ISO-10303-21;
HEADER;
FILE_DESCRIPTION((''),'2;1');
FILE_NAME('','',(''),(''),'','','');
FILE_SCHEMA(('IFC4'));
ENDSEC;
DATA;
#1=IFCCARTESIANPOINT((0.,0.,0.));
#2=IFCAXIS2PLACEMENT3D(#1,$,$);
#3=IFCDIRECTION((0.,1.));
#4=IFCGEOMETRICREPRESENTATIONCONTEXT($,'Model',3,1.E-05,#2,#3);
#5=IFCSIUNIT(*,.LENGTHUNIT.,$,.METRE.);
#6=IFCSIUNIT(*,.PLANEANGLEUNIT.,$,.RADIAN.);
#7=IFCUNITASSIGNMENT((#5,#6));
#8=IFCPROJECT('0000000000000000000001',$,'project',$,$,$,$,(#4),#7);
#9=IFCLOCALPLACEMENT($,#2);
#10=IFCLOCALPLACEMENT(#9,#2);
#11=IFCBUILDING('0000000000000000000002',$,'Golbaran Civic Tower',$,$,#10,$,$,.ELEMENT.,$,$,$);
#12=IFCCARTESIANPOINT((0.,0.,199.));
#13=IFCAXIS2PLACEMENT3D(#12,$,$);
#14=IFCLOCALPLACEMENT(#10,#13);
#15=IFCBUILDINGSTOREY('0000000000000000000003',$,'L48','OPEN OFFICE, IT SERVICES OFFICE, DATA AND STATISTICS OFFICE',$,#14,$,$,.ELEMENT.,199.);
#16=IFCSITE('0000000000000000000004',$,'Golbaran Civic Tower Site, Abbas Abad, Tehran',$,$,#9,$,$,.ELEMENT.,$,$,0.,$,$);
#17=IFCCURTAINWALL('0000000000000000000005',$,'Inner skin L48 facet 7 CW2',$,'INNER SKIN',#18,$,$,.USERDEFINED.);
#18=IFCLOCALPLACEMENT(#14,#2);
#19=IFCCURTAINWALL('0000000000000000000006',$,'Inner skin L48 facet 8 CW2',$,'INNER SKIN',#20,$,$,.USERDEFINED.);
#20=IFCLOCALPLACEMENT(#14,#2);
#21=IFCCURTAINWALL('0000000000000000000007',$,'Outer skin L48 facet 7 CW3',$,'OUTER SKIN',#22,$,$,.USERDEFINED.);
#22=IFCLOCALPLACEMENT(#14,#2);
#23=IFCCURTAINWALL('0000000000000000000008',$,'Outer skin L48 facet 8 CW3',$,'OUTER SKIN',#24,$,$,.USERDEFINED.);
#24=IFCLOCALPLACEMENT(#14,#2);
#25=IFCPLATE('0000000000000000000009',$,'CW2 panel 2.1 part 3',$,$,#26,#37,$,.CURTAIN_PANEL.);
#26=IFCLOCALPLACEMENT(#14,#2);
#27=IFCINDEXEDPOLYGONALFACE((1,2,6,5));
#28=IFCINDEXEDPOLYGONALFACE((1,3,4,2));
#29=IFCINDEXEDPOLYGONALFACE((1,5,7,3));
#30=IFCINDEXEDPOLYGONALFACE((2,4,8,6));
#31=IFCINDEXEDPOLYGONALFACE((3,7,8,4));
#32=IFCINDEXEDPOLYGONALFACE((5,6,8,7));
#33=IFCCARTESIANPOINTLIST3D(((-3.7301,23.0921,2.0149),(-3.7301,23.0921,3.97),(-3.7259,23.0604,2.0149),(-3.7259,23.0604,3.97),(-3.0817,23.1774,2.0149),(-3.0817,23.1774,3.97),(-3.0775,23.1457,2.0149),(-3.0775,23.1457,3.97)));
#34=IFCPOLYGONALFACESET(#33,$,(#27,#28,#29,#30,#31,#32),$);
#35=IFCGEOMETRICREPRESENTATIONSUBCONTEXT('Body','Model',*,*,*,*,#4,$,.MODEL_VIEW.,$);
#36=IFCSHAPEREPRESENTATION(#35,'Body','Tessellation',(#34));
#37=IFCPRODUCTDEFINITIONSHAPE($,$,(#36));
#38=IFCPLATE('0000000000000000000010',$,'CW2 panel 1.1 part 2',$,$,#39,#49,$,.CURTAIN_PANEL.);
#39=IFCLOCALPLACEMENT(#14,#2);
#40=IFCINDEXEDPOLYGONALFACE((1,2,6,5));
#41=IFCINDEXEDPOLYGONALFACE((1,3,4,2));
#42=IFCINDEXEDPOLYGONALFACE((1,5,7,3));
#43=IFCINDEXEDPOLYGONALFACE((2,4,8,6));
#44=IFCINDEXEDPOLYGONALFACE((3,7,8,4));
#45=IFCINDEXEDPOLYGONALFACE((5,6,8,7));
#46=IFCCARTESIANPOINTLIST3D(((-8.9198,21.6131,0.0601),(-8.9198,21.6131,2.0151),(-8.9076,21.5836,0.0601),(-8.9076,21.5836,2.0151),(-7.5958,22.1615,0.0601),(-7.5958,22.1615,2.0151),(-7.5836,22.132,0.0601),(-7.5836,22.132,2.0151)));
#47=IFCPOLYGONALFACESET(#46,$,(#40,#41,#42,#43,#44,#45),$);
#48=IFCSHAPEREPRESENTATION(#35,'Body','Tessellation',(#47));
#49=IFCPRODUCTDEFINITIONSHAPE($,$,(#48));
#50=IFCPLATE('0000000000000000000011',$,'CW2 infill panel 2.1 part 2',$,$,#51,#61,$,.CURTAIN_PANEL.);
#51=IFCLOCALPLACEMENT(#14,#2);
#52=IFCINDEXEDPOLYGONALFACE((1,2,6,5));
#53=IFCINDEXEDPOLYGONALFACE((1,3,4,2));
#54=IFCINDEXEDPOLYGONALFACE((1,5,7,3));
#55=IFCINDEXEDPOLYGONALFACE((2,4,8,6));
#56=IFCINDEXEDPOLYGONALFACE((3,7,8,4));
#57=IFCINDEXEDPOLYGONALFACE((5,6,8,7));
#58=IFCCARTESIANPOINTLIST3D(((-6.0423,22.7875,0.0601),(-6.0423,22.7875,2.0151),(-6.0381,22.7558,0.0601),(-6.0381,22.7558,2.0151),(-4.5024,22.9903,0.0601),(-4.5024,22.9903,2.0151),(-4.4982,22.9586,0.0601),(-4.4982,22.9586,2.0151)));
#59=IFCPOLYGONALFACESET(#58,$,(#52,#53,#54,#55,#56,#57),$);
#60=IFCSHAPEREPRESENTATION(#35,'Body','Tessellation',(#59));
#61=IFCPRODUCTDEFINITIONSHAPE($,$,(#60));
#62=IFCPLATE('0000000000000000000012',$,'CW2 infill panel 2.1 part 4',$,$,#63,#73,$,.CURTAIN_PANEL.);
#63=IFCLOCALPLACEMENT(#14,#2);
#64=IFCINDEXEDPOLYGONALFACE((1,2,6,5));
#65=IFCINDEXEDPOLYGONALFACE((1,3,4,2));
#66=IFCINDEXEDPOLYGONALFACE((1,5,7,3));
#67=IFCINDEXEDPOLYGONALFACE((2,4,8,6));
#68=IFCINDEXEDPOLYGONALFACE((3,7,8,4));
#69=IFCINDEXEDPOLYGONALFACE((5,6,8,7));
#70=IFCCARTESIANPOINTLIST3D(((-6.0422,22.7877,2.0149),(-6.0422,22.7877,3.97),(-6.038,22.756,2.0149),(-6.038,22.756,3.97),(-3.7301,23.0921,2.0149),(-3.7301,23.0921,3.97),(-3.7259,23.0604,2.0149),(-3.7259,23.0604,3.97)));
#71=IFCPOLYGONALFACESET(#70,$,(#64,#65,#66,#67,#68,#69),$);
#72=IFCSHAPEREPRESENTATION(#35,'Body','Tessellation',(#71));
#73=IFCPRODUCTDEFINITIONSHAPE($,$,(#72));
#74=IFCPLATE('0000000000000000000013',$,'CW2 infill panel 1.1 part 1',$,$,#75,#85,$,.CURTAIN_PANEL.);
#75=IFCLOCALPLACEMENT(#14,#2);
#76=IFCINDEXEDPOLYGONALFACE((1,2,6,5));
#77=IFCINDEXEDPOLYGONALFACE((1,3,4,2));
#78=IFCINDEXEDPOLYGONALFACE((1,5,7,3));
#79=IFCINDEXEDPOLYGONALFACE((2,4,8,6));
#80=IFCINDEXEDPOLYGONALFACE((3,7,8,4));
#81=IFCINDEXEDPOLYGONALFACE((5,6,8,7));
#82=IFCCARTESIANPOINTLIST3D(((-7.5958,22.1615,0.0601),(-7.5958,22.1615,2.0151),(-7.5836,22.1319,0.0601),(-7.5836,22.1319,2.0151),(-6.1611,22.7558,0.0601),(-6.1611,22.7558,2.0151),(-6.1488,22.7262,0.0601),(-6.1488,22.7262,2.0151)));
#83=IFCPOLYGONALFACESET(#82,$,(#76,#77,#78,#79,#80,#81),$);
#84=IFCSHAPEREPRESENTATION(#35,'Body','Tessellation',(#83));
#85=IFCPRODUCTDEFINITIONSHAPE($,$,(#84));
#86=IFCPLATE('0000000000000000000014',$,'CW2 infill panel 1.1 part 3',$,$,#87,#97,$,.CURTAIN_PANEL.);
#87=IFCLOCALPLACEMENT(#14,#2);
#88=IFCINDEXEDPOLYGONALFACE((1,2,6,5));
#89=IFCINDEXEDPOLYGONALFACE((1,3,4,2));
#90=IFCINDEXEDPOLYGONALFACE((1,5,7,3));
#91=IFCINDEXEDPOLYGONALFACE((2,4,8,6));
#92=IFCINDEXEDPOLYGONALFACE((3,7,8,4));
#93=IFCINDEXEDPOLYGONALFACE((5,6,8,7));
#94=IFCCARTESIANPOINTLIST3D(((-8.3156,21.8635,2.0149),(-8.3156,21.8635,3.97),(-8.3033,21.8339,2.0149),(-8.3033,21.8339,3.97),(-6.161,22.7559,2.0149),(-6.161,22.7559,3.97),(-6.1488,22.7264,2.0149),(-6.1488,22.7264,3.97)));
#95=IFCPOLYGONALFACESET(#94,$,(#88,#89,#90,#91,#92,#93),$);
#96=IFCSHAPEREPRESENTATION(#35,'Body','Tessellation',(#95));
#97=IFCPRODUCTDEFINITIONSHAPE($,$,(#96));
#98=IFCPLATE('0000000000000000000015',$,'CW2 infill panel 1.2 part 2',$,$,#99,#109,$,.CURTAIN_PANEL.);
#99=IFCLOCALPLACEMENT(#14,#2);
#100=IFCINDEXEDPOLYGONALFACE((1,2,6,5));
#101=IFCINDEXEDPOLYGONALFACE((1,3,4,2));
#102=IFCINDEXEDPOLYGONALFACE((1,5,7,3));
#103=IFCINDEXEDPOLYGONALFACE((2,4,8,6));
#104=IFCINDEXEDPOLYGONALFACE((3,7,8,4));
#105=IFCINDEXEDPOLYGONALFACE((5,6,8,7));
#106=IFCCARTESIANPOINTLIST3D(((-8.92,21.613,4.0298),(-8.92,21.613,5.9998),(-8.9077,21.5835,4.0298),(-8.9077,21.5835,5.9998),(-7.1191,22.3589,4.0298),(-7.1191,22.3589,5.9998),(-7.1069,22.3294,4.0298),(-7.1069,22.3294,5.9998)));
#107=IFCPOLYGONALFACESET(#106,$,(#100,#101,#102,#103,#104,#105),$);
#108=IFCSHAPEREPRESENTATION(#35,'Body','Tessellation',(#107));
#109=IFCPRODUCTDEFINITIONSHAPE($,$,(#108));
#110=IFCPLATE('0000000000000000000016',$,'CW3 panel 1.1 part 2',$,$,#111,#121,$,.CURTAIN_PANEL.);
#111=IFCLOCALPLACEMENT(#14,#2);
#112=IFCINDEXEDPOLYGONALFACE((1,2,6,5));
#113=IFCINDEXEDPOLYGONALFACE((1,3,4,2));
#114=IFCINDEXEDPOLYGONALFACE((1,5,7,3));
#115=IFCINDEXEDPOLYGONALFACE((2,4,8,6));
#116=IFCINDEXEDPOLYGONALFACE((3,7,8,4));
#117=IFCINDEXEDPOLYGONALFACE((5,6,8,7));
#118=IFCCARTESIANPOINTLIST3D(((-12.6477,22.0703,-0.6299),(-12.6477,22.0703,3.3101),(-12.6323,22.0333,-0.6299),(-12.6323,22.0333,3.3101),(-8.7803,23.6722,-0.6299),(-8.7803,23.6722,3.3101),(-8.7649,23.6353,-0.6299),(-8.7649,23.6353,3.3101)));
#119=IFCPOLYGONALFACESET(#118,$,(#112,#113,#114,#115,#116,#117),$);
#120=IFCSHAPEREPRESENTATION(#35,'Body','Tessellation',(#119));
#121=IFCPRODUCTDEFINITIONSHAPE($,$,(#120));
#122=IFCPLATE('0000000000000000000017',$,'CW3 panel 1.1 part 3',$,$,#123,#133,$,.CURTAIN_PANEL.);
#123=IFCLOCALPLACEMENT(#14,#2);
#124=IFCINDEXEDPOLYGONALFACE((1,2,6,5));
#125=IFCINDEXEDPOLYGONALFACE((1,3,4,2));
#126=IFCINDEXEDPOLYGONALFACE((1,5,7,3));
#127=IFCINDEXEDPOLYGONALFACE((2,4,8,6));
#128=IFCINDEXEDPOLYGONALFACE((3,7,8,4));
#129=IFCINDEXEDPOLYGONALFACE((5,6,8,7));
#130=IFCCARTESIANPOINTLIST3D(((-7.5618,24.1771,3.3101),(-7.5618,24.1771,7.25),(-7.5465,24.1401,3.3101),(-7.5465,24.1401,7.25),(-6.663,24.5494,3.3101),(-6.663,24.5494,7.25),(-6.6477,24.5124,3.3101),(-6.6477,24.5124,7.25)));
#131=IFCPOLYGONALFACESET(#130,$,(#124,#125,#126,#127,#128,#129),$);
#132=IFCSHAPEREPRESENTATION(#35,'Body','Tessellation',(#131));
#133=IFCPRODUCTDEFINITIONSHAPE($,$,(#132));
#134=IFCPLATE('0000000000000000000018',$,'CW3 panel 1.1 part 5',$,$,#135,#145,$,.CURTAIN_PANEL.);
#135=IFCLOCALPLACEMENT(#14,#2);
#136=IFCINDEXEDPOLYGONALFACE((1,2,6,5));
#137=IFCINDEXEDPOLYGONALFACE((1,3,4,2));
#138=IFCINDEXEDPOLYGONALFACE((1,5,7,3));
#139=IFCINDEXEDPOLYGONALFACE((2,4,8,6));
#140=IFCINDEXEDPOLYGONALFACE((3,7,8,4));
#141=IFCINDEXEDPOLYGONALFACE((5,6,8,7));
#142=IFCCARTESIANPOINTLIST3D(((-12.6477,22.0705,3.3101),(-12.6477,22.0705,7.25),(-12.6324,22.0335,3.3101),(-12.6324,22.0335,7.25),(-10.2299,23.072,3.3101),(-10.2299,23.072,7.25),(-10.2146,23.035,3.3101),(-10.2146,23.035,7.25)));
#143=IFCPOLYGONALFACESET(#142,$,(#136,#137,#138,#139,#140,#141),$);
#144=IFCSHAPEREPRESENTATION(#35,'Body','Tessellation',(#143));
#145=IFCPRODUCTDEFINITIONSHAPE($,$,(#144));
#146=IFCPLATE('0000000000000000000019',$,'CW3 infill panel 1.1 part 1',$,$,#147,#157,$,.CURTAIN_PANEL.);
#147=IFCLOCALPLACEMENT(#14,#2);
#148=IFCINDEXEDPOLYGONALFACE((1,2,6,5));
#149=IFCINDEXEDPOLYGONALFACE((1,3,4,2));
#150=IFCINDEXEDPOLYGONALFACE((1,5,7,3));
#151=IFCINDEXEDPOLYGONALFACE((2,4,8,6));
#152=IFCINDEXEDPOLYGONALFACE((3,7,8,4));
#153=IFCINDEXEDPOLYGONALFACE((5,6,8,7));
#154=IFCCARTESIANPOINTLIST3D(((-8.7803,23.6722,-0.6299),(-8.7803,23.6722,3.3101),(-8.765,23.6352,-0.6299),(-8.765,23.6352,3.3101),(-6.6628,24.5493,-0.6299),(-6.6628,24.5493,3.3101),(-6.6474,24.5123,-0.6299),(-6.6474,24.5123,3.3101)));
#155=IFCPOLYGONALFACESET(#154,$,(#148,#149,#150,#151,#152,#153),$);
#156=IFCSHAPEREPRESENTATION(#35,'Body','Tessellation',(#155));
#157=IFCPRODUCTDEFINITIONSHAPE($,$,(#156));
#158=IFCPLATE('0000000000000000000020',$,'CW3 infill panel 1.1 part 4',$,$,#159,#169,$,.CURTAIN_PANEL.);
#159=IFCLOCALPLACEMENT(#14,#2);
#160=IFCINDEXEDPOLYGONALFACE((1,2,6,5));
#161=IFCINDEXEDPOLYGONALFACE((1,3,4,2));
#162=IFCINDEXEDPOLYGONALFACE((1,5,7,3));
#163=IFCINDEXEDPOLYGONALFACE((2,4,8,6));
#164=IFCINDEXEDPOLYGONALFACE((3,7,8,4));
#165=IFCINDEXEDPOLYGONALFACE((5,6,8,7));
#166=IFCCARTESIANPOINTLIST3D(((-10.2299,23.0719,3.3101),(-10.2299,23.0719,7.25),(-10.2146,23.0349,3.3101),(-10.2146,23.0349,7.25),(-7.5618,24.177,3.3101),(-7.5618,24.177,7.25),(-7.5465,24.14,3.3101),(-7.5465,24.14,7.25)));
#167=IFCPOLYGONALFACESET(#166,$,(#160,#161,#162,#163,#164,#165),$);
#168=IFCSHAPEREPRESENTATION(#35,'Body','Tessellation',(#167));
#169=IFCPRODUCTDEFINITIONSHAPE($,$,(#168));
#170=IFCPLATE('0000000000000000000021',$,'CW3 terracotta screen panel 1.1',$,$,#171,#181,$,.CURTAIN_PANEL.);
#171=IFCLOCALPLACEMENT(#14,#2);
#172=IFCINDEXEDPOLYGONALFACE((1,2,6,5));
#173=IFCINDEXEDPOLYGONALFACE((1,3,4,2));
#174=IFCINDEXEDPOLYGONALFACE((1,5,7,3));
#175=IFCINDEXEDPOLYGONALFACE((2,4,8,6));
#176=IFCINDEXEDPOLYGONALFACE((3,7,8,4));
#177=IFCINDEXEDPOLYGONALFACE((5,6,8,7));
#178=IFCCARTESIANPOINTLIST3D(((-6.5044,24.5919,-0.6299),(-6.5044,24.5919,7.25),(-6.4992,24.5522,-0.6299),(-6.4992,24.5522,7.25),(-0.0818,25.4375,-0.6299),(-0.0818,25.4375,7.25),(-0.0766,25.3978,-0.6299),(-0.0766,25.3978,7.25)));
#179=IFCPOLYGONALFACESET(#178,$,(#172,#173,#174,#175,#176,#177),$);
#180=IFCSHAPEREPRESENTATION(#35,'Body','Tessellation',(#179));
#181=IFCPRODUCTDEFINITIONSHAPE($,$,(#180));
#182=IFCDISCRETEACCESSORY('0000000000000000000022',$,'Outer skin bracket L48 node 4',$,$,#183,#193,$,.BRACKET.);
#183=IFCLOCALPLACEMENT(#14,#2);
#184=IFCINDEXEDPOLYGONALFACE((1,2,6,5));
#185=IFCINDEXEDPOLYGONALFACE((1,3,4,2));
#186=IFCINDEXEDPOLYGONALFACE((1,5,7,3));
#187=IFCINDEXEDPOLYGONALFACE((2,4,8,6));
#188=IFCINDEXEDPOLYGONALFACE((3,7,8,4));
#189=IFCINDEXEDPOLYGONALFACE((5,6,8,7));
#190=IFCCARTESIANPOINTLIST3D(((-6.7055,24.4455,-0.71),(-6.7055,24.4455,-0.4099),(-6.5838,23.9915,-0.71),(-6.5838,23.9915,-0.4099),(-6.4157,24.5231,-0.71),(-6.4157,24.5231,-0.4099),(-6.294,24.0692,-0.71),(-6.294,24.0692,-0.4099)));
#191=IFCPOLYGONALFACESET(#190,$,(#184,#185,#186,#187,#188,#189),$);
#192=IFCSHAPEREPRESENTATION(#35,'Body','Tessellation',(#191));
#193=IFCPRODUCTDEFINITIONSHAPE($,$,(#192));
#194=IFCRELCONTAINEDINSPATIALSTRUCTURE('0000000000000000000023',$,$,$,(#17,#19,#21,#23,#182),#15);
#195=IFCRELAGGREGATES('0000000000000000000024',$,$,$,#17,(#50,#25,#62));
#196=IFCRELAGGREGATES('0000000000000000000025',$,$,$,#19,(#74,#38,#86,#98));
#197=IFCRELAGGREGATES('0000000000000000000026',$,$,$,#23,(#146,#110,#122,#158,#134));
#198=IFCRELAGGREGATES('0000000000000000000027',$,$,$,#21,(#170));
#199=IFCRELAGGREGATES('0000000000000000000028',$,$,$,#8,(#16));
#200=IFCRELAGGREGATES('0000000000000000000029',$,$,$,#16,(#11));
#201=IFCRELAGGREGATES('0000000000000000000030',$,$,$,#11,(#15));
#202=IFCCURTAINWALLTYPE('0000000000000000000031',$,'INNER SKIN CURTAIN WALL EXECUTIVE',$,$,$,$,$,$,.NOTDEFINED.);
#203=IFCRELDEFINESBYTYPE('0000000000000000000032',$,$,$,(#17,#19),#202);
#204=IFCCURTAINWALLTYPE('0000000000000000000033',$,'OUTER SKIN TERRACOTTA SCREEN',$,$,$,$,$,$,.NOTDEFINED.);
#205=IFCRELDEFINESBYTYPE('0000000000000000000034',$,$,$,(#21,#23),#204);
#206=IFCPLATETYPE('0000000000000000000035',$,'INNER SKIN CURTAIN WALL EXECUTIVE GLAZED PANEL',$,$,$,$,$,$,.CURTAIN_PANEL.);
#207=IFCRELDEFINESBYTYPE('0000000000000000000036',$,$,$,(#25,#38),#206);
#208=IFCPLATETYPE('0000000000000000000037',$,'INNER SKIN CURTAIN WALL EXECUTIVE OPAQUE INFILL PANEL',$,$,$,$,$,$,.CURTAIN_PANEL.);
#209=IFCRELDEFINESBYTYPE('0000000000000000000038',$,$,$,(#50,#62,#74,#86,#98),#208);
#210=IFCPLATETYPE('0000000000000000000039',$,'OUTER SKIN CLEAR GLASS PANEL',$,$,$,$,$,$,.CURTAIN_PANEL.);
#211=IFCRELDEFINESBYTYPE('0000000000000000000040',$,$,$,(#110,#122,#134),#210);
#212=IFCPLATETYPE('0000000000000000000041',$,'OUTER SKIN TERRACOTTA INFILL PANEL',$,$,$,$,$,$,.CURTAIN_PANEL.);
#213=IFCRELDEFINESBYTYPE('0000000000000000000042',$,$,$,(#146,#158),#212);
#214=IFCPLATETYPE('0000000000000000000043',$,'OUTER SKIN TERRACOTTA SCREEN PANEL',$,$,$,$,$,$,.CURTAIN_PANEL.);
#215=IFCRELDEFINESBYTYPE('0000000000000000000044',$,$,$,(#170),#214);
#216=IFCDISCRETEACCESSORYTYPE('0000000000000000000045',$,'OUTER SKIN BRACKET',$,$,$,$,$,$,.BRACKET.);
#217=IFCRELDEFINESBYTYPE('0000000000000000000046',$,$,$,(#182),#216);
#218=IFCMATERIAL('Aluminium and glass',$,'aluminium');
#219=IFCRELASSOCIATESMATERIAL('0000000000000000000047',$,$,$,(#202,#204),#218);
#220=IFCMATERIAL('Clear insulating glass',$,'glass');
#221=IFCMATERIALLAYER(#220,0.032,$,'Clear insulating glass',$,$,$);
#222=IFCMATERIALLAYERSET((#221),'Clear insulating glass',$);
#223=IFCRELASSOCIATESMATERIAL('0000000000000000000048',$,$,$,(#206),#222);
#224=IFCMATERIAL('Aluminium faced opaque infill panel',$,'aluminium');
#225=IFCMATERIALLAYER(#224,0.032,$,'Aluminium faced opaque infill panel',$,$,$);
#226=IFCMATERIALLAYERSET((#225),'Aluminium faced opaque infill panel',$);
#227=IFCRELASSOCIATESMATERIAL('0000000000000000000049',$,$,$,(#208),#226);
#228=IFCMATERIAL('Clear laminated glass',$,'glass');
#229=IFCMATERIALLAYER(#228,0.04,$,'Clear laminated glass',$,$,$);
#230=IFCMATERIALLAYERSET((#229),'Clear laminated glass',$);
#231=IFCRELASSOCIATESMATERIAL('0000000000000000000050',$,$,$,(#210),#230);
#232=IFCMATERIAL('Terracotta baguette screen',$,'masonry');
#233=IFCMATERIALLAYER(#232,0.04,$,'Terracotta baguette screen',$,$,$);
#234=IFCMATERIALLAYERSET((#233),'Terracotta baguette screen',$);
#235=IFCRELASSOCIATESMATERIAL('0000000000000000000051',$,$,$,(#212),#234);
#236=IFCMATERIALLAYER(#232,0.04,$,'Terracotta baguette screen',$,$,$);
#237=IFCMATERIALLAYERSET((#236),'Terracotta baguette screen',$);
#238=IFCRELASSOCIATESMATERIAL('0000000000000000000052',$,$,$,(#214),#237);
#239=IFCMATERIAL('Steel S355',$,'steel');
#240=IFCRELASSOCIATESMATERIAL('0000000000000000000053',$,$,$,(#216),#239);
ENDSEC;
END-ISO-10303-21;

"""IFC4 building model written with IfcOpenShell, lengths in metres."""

from ifc_helpers import new_model, si_unit, direction, frame, origin, origin_2d, place, context, subcontext, project, spatial, rectangle, extrude, material, layer, layer_set, type_object, element, aggregate, save


model = new_model("IFC4")

# Units and contexts
model_context = context("Model", 3, precision=1e-05, world=origin(), true_north=direction((0.0, 1.0)))
body_context = subcontext(model_context, "Body", "Model", "MODEL_VIEW")
ifc_project = project(units=[si_unit("LENGTHUNIT", "METRE"), si_unit("PLANEANGLEUNIT", "RADIAN")], contexts=[model_context])

# Site, building, storey
site_placement = place(None, origin())
site = spatial("IfcSite", under=ifc_project, at=site_placement, Name="Golbaran Civic Tower Site, Abbas Abad, Tehran", CompositionType="ELEMENT", RefElevation=0.0)
building_placement = place(site_placement, origin())
building = spatial("IfcBuilding", under=site, at=building_placement, Name="Golbaran Civic Tower", CompositionType="ELEMENT")
storey_placement = place(building_placement, frame((0.0, 0.0, 199.0)))
storey = spatial("IfcBuildingStorey", under=building, at=storey_placement, Name="L48", Description="OPEN OFFICE, IT SERVICES OFFICE, DATA AND STATISTICS OFFICE", CompositionType="ELEMENT", Elevation=199.0)

# Shared definitions
ifc_material_1 = material(Name="Steel S355", Category="steel")

# Curtain wall
ifc_material_2 = material(Name="Aluminium and glass", Category="aluminium")
curtain_wall_type_1 = type_object("IfcCurtainWallType", Name="INNER SKIN CURTAIN WALL EXECUTIVE", PredefinedType="NOTDEFINED", material=ifc_material_2)
curtain_wall_1_placement = place(storey_placement, origin())
curtain_wall_1 = element("IfcCurtainWall", 1, at=curtain_wall_1_placement, inside=storey, type_object=curtain_wall_type_1, Name="Inner skin L48 facet 7 CW2", ObjectType="INNER SKIN", PredefinedType="USERDEFINED")

# Curtain wall
curtain_wall_2_placement = place(storey_placement, origin())
curtain_wall_2 = element("IfcCurtainWall", 2, at=curtain_wall_2_placement, inside=storey, type_object=curtain_wall_type_1, Name="Inner skin L48 facet 8 CW2", ObjectType="INNER SKIN", PredefinedType="USERDEFINED")

# Curtain walls
curtain_wall_type_2 = type_object("IfcCurtainWallType", Name="OUTER SKIN TERRACOTTA SCREEN", PredefinedType="NOTDEFINED", material=ifc_material_2)
curtain_wall_3_placement = place(storey_placement, origin())
curtain_wall_3 = element("IfcCurtainWall", 3, at=curtain_wall_3_placement, inside=storey, type_object=curtain_wall_type_2, Name="Outer skin L48 facet 7 CW3", ObjectType="OUTER SKIN", PredefinedType="USERDEFINED")
curtain_wall_4_placement = place(storey_placement, origin())
curtain_wall_4 = element("IfcCurtainWall", 4, at=curtain_wall_4_placement, inside=storey, type_object=curtain_wall_type_2, Name="Outer skin L48 facet 8 CW3", ObjectType="OUTER SKIN", PredefinedType="USERDEFINED")

# Plates
ifc_material_3 = material(Name="Clear insulating glass", Category="glass")
ifc_layer_1 = layer(ifc_material_3, 0.032, Name="Clear insulating glass")
ifc_layer_set_1 = layer_set([ifc_layer_1], Name="Clear insulating glass")
plate_type_1 = type_object("IfcPlateType", Name="INNER SKIN CURTAIN WALL EXECUTIVE GLAZED PANEL", PredefinedType="CURTAIN_PANEL", material=ifc_layer_set_1)
plate_1_placement = place(storey_placement, frame((-3.4038, 23.1189, 2.0149), z_axis=(0.0, 0.0, 1.0), x_axis=(-0.991445, -0.130526, 0.0)))
plate_1 = element("IfcPlate", 5, at=plate_1_placement, type_object=plate_type_1, Name="CW2 panel 2.1 part 3", PredefinedType="CURTAIN_PANEL", context=body_context, shape_type="SweptSolid", body=[
    extrude(rectangle(XDim=0.6541, YDim=0.032, at=origin_2d()), origin(), (0.0, 0.0, 1.0), 1.9551),
])
plate_2_placement = place(storey_placement, frame((-8.2517, 21.8726, 0.0601), z_axis=(0.0, 0.0, 1.0), x_axis=(-0.92388, -0.382683, 0.0)))
plate_2 = element("IfcPlate", 6, at=plate_2_placement, type_object=plate_type_1, Name="CW2 panel 1.1 part 2", PredefinedType="CURTAIN_PANEL", context=body_context, shape_type="SweptSolid", body=[
    extrude(rectangle(XDim=1.4331, YDim=0.032, at=origin_2d()), origin(), (0.0, 0.0, 1.0), 1.9551),
])
ifc_material_4 = material(Name="Aluminium faced opaque infill panel", Category="aluminium")
ifc_layer_2 = layer(ifc_material_4, 0.032, Name="Aluminium faced opaque infill panel")
ifc_layer_set_2 = layer_set([ifc_layer_2], Name="Aluminium faced opaque infill panel")
plate_type_2 = type_object("IfcPlateType", Name="INNER SKIN CURTAIN WALL EXECUTIVE OPAQUE INFILL PANEL", PredefinedType="CURTAIN_PANEL", material=ifc_layer_set_2)
plate_3_placement = place(storey_placement, frame((-5.2703, 22.873, 0.0601), z_axis=(0.0, 0.0, 1.0), x_axis=(-0.991445, -0.130526, 0.0)))
plate_3 = element("IfcPlate", 7, at=plate_3_placement, type_object=plate_type_2, Name="CW2 infill panel 2.1 part 2", PredefinedType="CURTAIN_PANEL", context=body_context, shape_type="SweptSolid", body=[
    extrude(rectangle(XDim=1.5532, YDim=0.032, at=origin_2d()), origin(), (0.0, 0.0, 1.0), 1.9551),
])
plate_4_placement = place(storey_placement, frame((-4.884, 22.9241, 2.0149), z_axis=(0.0, 0.0, 1.0), x_axis=(-0.991445, -0.130526, 0.0)))
plate_4 = element("IfcPlate", 8, at=plate_4_placement, type_object=plate_type_2, Name="CW2 infill panel 2.1 part 4", PredefinedType="CURTAIN_PANEL", context=body_context, shape_type="SweptSolid", body=[
    extrude(rectangle(XDim=2.332, YDim=0.032, at=origin_2d()), origin(), (0.0, 0.0, 1.0), 1.9551),
])
aggregate(curtain_wall_1, [plate_3, plate_1, plate_4])
plate_5_placement = place(storey_placement, frame((-6.8723, 22.4438, 0.0601), z_axis=(0.0, 0.0, 1.0), x_axis=(-0.92388, -0.382683, 0.0)))
plate_5 = element("IfcPlate", 9, at=plate_5_placement, type_object=plate_type_2, Name="CW2 infill panel 1.1 part 1", PredefinedType="CURTAIN_PANEL", context=body_context, shape_type="SweptSolid", body=[
    extrude(rectangle(XDim=1.553, YDim=0.032, at=origin_2d()), origin(), (0.0, 0.0, 1.0), 1.9551),
])
plate_6_placement = place(storey_placement, frame((-7.2322, 22.2949, 2.0149), z_axis=(0.0, 0.0, 1.0), x_axis=(-0.92388, -0.382683, 0.0)))
plate_6 = element("IfcPlate", 10, at=plate_6_placement, type_object=plate_type_2, Name="CW2 infill panel 1.1 part 3", PredefinedType="CURTAIN_PANEL", context=body_context, shape_type="SweptSolid", body=[
    extrude(rectangle(XDim=2.332, YDim=0.032, at=origin_2d()), origin(), (0.0, 0.0, 1.0), 1.9551),
])
plate_7_placement = place(storey_placement, frame((-8.0134, 21.9712, 4.0298), z_axis=(0.0, 0.0, 1.0), x_axis=(-0.92388, -0.382683, 0.0)))
plate_7 = element("IfcPlate", 11, at=plate_7_placement, type_object=plate_type_2, Name="CW2 infill panel 1.2 part 2", PredefinedType="CURTAIN_PANEL", context=body_context, shape_type="SweptSolid", body=[
    extrude(rectangle(XDim=1.9492, YDim=0.032, at=origin_2d()), origin(), (0.0, 0.0, 1.0), 1.97),
])
aggregate(curtain_wall_2, [plate_5, plate_2, plate_6, plate_7])
ifc_material_5 = material(Name="Clear laminated glass", Category="glass")
ifc_layer_3 = layer(ifc_material_5, 0.04, Name="Clear laminated glass")
ifc_layer_set_3 = layer_set([ifc_layer_3], Name="Clear laminated glass")
plate_type_3 = type_object("IfcPlateType", Name="OUTER SKIN CLEAR GLASS PANEL", PredefinedType="CURTAIN_PANEL", material=ifc_layer_set_3)
plate_8_placement = place(storey_placement, frame((-10.7063, 22.8528, -0.6299), z_axis=(0.0, 0.0, 1.0), x_axis=(-0.92388, -0.382683, 0.0)))
plate_8 = element("IfcPlate", 12, at=plate_8_placement, type_object=plate_type_3, Name="CW3 panel 1.1 part 2", PredefinedType="CURTAIN_PANEL", context=body_context, shape_type="SweptSolid", body=[
    extrude(rectangle(XDim=4.186, YDim=0.04, at=origin_2d()), origin(), (0.0, 0.0, 1.0), 3.9399),
])
plate_9_placement = place(storey_placement, frame((-7.1047, 24.3447, 3.3101), z_axis=(0.0, 0.0, 1.0), x_axis=(-0.92388, -0.382683, 0.0)))
plate_9 = element("IfcPlate", 13, at=plate_9_placement, type_object=plate_type_3, Name="CW3 panel 1.1 part 3", PredefinedType="CURTAIN_PANEL", context=body_context, shape_type="SweptSolid", body=[
    extrude(rectangle(XDim=0.9729, YDim=0.04, at=origin_2d()), origin(), (0.0, 0.0, 1.0), 3.9399),
])
plate_10_placement = place(storey_placement, frame((-11.4312, 22.5527, 3.3101), z_axis=(0.0, 0.0, 1.0), x_axis=(-0.92388, -0.382683, 0.0)))
plate_10 = element("IfcPlate", 14, at=plate_10_placement, type_object=plate_type_3, Name="CW3 panel 1.1 part 5", PredefinedType="CURTAIN_PANEL", context=body_context, shape_type="SweptSolid", body=[
    extrude(rectangle(XDim=2.6169, YDim=0.04, at=origin_2d()), origin(), (0.0, 0.0, 1.0), 3.9399),
])
ifc_material_6 = material(Name="Terracotta baguette screen", Category="masonry")
ifc_layer_4 = layer(ifc_material_6, 0.04, Name="Terracotta baguette screen")
ifc_layer_set_4 = layer_set([ifc_layer_4], Name="Terracotta baguette screen")
plate_type_4 = type_object("IfcPlateType", Name="OUTER SKIN TERRACOTTA INFILL PANEL", PredefinedType="CURTAIN_PANEL", material=ifc_layer_set_4)
plate_11_placement = place(storey_placement, frame((-7.7139, 24.0923, -0.6299), z_axis=(0.0, 0.0, 1.0), x_axis=(-0.92388, -0.382683, 0.0)))
plate_11 = element("IfcPlate", 15, at=plate_11_placement, type_object=plate_type_4, Name="CW3 infill panel 1.1 part 1", PredefinedType="CURTAIN_PANEL", context=body_context, shape_type="SweptSolid", body=[
    extrude(rectangle(XDim=2.292, YDim=0.04, at=origin_2d()), origin(), (0.0, 0.0, 1.0), 3.9399),
])
plate_12_placement = place(storey_placement, frame((-8.8882, 23.606, 3.3101), z_axis=(0.0, 0.0, 1.0), x_axis=(-0.92388, -0.382683, 0.0)))
plate_12 = element("IfcPlate", 16, at=plate_12_placement, type_object=plate_type_4, Name="CW3 infill panel 1.1 part 4", PredefinedType="CURTAIN_PANEL", context=body_context, shape_type="SweptSolid", body=[
    extrude(rectangle(XDim=2.8879, YDim=0.04, at=origin_2d()), origin(), (0.0, 0.0, 1.0), 3.9399),
])
aggregate(curtain_wall_4, [plate_11, plate_8, plate_9, plate_12, plate_10])
ifc_layer_5 = layer(ifc_material_6, 0.04, Name="Terracotta baguette screen")
ifc_layer_set_5 = layer_set([ifc_layer_5], Name="Terracotta baguette screen")
plate_type_5 = type_object("IfcPlateType", Name="OUTER SKIN TERRACOTTA SCREEN PANEL", PredefinedType="CURTAIN_PANEL", material=ifc_layer_set_5)
plate_13_placement = place(storey_placement, frame((-3.2905, 24.9949, -0.6299), z_axis=(0.0, 0.0, 1.0), x_axis=(-0.991445, -0.130526, 0.0)))
plate_13 = element("IfcPlate", 17, at=plate_13_placement, type_object=plate_type_5, Name="CW3 terracotta screen panel 1.1", PredefinedType="CURTAIN_PANEL", context=body_context, shape_type="SweptSolid", body=[
    extrude(rectangle(XDim=6.478, YDim=0.04, at=origin_2d()), origin(), (0.0, 0.0, 1.0), 7.8799),
])
aggregate(curtain_wall_3, [plate_13])

# Discrete accessory
discrete_accessory_type = type_object("IfcDiscreteAccessoryType", Name="OUTER SKIN BRACKET", PredefinedType="BRACKET", material=ifc_material_1)
discrete_accessory_placement = place(storey_placement, frame((-6.4998, 24.2573, -0.71), z_axis=(0.0, 0.0, 1.0), x_axis=(-0.258819, 0.965926, 0.0)))
element("IfcDiscreteAccessory", 18, at=discrete_accessory_placement, inside=storey, type_object=discrete_accessory_type, Name="Outer skin bracket L48 node 4", PredefinedType="BRACKET", context=body_context, shape_type="SweptSolid", body=[
    extrude(rectangle(XDim=0.47, YDim=0.3, at=origin_2d()), origin(), (0.0, 0.0, 1.0), 0.3),
])

save(model, "model.ifc")
